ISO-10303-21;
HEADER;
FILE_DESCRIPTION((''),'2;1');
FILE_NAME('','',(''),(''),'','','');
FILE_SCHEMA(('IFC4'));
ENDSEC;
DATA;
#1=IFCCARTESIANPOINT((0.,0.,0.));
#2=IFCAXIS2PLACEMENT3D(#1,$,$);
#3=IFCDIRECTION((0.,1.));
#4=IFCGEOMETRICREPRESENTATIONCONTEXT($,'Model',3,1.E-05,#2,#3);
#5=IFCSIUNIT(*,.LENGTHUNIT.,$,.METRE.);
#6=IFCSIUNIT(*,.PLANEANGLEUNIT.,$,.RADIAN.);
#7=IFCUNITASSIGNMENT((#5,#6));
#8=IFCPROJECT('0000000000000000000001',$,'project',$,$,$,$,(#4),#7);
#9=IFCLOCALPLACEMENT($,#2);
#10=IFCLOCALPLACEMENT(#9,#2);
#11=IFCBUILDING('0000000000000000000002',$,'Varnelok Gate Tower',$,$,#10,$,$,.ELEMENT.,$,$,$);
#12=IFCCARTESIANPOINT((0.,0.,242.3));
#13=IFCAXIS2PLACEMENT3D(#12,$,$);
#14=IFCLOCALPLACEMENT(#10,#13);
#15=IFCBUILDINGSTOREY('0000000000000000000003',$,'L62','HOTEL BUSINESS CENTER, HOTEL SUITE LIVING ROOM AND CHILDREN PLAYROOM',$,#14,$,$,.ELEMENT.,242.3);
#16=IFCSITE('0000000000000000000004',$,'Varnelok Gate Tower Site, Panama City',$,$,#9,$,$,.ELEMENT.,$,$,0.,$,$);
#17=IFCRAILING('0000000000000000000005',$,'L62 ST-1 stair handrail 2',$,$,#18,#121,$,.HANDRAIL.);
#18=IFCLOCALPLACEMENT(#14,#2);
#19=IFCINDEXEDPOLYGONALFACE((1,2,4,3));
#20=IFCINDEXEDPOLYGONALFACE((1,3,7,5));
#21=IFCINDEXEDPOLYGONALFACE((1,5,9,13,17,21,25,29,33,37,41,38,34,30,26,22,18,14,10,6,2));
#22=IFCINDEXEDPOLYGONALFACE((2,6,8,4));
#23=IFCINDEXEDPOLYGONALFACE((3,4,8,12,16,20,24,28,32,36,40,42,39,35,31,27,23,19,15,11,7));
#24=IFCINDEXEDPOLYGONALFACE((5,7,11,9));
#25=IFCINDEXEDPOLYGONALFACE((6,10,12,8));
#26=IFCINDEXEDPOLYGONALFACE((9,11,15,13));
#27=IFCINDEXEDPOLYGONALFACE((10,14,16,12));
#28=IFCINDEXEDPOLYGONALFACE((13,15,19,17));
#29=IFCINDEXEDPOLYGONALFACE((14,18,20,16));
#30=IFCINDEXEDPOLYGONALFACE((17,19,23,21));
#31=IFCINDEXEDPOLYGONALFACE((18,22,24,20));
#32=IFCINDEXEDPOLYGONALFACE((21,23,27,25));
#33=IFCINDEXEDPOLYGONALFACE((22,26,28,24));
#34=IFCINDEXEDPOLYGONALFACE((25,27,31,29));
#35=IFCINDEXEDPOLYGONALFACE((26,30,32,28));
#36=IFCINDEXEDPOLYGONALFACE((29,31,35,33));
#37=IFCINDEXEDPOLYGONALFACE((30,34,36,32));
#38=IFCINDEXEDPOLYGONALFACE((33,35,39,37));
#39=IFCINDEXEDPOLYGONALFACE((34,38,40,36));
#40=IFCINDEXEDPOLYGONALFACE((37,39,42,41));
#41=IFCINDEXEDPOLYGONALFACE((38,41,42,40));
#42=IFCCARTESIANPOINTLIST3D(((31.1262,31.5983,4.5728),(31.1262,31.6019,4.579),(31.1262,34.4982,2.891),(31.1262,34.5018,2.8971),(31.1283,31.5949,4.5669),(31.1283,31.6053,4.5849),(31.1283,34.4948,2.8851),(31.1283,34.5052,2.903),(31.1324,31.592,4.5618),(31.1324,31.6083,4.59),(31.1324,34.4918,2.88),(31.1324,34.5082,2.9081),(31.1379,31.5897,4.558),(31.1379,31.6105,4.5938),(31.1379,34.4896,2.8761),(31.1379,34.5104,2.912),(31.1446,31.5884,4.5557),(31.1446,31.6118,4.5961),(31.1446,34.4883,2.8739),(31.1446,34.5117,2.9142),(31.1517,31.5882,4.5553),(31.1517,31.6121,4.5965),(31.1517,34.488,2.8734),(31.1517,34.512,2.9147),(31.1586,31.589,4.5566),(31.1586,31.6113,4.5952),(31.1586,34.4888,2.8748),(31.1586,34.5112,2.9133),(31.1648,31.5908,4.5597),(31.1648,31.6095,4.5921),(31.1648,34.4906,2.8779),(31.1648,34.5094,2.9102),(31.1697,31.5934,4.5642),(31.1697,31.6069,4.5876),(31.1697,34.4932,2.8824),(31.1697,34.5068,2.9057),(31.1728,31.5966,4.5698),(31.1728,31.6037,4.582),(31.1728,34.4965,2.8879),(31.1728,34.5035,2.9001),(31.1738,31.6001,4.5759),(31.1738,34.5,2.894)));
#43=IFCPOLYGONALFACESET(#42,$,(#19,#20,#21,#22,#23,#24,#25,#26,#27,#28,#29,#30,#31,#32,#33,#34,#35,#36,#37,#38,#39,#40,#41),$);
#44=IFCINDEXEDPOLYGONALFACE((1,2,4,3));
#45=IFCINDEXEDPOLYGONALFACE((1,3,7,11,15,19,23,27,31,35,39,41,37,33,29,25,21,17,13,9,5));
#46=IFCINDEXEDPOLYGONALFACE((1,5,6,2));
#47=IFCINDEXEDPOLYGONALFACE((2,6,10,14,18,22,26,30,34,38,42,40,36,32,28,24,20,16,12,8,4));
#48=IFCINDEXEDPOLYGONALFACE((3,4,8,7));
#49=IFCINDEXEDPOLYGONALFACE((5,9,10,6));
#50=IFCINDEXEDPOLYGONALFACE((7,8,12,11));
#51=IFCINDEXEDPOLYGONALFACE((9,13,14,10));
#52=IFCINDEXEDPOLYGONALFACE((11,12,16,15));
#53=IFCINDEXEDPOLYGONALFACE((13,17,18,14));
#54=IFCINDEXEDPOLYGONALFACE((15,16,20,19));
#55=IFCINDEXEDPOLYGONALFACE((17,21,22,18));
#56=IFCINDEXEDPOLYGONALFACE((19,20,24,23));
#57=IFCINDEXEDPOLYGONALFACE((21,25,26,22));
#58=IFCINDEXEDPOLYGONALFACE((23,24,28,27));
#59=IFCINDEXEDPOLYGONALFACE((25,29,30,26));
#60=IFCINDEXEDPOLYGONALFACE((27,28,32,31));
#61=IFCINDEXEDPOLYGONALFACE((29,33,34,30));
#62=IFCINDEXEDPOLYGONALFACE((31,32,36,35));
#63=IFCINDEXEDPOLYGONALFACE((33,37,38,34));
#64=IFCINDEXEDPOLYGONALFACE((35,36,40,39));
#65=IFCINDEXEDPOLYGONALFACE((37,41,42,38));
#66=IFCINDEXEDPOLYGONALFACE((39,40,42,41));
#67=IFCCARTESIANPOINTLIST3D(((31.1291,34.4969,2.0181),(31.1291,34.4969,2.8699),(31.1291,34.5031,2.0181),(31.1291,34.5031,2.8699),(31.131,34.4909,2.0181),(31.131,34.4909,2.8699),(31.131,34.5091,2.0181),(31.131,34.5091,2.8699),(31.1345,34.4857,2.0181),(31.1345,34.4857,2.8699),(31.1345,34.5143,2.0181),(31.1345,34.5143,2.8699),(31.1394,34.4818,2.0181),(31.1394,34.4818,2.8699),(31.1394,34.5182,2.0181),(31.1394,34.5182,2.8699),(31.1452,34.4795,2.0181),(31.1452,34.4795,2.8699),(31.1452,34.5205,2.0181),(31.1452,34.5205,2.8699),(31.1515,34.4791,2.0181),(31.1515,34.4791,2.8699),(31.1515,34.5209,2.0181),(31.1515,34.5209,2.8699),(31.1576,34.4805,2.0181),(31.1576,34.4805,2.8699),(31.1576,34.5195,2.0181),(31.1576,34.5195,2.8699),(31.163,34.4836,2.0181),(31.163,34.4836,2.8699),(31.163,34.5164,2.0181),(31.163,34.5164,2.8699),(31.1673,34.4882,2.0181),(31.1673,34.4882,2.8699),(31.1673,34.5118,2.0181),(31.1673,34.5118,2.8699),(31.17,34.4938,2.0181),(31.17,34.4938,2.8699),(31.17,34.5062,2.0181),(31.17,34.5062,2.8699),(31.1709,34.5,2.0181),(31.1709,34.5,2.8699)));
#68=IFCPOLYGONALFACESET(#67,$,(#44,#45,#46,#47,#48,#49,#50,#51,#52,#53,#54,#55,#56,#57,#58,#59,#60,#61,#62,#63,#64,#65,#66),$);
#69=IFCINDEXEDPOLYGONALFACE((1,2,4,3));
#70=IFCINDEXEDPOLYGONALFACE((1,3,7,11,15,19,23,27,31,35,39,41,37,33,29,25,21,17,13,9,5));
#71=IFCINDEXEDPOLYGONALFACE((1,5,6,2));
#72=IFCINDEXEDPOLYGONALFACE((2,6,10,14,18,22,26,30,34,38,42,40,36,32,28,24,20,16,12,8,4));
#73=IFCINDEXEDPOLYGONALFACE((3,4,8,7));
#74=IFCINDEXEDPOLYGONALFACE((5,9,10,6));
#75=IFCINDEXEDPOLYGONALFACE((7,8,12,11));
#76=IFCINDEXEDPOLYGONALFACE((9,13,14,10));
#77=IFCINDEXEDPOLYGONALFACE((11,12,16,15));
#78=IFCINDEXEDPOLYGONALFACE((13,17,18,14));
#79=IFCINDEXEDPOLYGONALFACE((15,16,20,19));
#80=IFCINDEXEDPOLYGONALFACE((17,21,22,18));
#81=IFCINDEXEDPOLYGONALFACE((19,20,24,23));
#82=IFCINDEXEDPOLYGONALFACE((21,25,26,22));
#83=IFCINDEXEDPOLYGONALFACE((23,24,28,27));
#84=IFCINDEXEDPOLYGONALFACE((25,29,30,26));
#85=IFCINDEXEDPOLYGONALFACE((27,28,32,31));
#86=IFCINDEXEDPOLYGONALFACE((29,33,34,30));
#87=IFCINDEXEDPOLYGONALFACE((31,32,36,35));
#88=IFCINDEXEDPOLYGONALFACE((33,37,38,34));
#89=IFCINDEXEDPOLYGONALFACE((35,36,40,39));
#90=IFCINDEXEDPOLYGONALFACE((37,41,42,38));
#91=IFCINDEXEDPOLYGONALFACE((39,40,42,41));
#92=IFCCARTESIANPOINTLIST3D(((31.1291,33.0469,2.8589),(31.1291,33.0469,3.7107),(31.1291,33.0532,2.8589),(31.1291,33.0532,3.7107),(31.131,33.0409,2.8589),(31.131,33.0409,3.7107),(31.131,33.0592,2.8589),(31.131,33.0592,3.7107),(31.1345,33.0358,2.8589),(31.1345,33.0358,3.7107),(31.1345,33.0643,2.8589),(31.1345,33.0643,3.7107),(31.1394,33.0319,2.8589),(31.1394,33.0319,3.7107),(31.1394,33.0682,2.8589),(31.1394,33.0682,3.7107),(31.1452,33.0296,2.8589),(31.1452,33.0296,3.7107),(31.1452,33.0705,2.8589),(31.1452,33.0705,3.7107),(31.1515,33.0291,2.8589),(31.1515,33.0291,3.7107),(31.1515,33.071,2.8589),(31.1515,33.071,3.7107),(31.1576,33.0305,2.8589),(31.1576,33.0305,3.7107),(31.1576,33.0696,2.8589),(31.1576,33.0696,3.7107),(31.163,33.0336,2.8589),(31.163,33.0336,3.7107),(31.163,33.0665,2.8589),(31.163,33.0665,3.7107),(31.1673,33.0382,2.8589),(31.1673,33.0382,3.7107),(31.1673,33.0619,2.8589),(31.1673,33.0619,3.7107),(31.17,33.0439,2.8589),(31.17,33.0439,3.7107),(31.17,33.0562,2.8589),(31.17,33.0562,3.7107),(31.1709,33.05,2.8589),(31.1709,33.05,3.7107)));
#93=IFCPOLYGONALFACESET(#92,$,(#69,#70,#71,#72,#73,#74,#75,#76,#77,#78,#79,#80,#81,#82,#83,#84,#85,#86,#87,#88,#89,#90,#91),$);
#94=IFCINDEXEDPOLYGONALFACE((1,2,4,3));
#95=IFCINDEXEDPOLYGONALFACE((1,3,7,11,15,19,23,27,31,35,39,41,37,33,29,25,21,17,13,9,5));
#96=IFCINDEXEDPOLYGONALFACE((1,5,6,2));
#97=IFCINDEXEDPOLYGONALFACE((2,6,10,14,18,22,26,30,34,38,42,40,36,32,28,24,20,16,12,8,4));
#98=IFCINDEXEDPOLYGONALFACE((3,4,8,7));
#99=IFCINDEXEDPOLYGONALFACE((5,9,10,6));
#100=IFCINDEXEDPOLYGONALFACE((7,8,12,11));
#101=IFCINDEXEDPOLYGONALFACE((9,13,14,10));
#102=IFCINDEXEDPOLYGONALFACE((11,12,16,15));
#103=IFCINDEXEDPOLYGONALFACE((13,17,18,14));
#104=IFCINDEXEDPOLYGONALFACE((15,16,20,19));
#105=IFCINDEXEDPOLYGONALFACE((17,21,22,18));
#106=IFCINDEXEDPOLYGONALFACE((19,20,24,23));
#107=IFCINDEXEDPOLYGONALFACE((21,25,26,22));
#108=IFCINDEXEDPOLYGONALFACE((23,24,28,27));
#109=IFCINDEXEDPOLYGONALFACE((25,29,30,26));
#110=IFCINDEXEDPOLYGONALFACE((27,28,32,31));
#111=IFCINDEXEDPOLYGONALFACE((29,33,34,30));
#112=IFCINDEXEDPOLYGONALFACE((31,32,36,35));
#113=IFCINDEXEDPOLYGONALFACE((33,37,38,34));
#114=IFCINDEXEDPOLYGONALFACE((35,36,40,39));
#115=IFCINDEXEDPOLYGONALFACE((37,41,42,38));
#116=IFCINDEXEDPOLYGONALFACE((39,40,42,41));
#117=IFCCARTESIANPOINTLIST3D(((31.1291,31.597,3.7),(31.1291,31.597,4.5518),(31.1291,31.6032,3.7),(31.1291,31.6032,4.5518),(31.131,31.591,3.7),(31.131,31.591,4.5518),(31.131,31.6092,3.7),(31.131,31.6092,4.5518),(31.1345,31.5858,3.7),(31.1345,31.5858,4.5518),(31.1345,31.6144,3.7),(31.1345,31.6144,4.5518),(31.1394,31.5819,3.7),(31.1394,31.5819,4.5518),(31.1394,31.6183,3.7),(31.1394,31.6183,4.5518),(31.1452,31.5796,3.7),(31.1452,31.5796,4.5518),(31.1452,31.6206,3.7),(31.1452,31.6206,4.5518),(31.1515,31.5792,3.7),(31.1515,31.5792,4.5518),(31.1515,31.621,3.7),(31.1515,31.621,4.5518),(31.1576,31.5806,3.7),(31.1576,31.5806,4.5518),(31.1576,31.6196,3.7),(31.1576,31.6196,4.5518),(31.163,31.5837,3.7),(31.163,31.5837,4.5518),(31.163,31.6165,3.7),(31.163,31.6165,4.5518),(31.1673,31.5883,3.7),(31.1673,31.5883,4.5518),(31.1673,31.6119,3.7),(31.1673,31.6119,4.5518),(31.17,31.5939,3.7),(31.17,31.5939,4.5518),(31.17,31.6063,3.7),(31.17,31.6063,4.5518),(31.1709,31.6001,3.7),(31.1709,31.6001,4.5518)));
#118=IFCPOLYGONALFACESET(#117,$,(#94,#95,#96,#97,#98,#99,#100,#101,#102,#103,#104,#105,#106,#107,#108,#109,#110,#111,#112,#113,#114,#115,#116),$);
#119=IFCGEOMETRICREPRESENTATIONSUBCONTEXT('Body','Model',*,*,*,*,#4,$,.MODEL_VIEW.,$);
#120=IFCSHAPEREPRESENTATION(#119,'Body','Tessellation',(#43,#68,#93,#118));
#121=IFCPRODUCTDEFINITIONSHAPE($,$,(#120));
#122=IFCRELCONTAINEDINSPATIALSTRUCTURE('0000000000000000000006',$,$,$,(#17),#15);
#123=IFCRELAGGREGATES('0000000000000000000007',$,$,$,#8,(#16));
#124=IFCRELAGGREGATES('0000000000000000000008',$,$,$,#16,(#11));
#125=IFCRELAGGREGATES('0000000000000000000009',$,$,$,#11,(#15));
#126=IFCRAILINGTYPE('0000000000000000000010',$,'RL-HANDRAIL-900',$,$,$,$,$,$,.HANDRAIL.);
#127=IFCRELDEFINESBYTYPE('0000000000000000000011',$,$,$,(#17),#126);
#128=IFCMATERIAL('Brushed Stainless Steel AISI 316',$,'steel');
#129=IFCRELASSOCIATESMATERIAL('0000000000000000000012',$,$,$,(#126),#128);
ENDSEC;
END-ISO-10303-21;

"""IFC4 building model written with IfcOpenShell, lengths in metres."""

from ifc_helpers import new_model, si_unit, direction, frame, origin, origin_2d, place, context, subcontext, project, spatial, circle, extrude, material, type_object, element, save


model = new_model("IFC4")

# Units and contexts
model_context = context("Model", 3, precision=1e-05, world=origin(), true_north=direction((0.0, 1.0)))
body_context = subcontext(model_context, "Body", "Model", "MODEL_VIEW")
ifc_project = project(units=[si_unit("LENGTHUNIT", "METRE"), si_unit("PLANEANGLEUNIT", "RADIAN")], contexts=[model_context])

# Site, building, storey
site_placement = place(None, origin())
site = spatial("IfcSite", under=ifc_project, at=site_placement, Name="Varnelok Gate Tower Site, Panama City", CompositionType="ELEMENT", RefElevation=0.0)
building_placement = place(site_placement, origin())
building = spatial("IfcBuilding", under=site, at=building_placement, Name="Varnelok Gate Tower", CompositionType="ELEMENT")
storey_placement = place(building_placement, frame((0.0, 0.0, 242.3)))
storey = spatial("IfcBuildingStorey", under=building, at=storey_placement, Name="L62", Description="HOTEL BUSINESS CENTER, HOTEL SUITE LIVING ROOM AND CHILDREN PLAYROOM", CompositionType="ELEMENT", Elevation=242.3)

# Railing
ifc_material_1 = material(Name="Brushed Stainless Steel AISI 316", Category="steel")
railing_type_1 = type_object("IfcRailingType", Name="RL-HANDRAIL-900", PredefinedType="HANDRAIL", material=ifc_material_1)
railing_1_placement = place(storey_placement, frame((31.1499, 34.5, 2.0181)))
element("IfcRailing", 1, at=railing_1_placement, inside=storey, type_object=railing_type_1, Name="L62 ST-1 stair handrail 2", PredefinedType="HANDRAIL", context=body_context, shape_type="SweptSolid", body=[
    extrude(circle(Radius=0.0239, at=origin_2d()), frame((0.0, 0.0, 0.876), z_axis=(0.0, -0.865039, 0.501705), x_axis=(1.0, 0.0, 0.0)), (0.0, 0.0, 1.0), 3.3523),
    extrude(circle(Radius=0.021, at=origin_2d()), origin(), (0.0, 0.0, 1.0), 0.8518),
    extrude(circle(Radius=0.021, at=origin_2d()), frame((0.0, -1.45, 0.8408)), (0.0, 0.0, 1.0), 0.8518),
    extrude(circle(Radius=0.021, at=origin_2d()), frame((0.0, -2.8999, 1.6819)), (0.0, 0.0, 1.0), 0.8518),
])

save(model, "model.ifc")
